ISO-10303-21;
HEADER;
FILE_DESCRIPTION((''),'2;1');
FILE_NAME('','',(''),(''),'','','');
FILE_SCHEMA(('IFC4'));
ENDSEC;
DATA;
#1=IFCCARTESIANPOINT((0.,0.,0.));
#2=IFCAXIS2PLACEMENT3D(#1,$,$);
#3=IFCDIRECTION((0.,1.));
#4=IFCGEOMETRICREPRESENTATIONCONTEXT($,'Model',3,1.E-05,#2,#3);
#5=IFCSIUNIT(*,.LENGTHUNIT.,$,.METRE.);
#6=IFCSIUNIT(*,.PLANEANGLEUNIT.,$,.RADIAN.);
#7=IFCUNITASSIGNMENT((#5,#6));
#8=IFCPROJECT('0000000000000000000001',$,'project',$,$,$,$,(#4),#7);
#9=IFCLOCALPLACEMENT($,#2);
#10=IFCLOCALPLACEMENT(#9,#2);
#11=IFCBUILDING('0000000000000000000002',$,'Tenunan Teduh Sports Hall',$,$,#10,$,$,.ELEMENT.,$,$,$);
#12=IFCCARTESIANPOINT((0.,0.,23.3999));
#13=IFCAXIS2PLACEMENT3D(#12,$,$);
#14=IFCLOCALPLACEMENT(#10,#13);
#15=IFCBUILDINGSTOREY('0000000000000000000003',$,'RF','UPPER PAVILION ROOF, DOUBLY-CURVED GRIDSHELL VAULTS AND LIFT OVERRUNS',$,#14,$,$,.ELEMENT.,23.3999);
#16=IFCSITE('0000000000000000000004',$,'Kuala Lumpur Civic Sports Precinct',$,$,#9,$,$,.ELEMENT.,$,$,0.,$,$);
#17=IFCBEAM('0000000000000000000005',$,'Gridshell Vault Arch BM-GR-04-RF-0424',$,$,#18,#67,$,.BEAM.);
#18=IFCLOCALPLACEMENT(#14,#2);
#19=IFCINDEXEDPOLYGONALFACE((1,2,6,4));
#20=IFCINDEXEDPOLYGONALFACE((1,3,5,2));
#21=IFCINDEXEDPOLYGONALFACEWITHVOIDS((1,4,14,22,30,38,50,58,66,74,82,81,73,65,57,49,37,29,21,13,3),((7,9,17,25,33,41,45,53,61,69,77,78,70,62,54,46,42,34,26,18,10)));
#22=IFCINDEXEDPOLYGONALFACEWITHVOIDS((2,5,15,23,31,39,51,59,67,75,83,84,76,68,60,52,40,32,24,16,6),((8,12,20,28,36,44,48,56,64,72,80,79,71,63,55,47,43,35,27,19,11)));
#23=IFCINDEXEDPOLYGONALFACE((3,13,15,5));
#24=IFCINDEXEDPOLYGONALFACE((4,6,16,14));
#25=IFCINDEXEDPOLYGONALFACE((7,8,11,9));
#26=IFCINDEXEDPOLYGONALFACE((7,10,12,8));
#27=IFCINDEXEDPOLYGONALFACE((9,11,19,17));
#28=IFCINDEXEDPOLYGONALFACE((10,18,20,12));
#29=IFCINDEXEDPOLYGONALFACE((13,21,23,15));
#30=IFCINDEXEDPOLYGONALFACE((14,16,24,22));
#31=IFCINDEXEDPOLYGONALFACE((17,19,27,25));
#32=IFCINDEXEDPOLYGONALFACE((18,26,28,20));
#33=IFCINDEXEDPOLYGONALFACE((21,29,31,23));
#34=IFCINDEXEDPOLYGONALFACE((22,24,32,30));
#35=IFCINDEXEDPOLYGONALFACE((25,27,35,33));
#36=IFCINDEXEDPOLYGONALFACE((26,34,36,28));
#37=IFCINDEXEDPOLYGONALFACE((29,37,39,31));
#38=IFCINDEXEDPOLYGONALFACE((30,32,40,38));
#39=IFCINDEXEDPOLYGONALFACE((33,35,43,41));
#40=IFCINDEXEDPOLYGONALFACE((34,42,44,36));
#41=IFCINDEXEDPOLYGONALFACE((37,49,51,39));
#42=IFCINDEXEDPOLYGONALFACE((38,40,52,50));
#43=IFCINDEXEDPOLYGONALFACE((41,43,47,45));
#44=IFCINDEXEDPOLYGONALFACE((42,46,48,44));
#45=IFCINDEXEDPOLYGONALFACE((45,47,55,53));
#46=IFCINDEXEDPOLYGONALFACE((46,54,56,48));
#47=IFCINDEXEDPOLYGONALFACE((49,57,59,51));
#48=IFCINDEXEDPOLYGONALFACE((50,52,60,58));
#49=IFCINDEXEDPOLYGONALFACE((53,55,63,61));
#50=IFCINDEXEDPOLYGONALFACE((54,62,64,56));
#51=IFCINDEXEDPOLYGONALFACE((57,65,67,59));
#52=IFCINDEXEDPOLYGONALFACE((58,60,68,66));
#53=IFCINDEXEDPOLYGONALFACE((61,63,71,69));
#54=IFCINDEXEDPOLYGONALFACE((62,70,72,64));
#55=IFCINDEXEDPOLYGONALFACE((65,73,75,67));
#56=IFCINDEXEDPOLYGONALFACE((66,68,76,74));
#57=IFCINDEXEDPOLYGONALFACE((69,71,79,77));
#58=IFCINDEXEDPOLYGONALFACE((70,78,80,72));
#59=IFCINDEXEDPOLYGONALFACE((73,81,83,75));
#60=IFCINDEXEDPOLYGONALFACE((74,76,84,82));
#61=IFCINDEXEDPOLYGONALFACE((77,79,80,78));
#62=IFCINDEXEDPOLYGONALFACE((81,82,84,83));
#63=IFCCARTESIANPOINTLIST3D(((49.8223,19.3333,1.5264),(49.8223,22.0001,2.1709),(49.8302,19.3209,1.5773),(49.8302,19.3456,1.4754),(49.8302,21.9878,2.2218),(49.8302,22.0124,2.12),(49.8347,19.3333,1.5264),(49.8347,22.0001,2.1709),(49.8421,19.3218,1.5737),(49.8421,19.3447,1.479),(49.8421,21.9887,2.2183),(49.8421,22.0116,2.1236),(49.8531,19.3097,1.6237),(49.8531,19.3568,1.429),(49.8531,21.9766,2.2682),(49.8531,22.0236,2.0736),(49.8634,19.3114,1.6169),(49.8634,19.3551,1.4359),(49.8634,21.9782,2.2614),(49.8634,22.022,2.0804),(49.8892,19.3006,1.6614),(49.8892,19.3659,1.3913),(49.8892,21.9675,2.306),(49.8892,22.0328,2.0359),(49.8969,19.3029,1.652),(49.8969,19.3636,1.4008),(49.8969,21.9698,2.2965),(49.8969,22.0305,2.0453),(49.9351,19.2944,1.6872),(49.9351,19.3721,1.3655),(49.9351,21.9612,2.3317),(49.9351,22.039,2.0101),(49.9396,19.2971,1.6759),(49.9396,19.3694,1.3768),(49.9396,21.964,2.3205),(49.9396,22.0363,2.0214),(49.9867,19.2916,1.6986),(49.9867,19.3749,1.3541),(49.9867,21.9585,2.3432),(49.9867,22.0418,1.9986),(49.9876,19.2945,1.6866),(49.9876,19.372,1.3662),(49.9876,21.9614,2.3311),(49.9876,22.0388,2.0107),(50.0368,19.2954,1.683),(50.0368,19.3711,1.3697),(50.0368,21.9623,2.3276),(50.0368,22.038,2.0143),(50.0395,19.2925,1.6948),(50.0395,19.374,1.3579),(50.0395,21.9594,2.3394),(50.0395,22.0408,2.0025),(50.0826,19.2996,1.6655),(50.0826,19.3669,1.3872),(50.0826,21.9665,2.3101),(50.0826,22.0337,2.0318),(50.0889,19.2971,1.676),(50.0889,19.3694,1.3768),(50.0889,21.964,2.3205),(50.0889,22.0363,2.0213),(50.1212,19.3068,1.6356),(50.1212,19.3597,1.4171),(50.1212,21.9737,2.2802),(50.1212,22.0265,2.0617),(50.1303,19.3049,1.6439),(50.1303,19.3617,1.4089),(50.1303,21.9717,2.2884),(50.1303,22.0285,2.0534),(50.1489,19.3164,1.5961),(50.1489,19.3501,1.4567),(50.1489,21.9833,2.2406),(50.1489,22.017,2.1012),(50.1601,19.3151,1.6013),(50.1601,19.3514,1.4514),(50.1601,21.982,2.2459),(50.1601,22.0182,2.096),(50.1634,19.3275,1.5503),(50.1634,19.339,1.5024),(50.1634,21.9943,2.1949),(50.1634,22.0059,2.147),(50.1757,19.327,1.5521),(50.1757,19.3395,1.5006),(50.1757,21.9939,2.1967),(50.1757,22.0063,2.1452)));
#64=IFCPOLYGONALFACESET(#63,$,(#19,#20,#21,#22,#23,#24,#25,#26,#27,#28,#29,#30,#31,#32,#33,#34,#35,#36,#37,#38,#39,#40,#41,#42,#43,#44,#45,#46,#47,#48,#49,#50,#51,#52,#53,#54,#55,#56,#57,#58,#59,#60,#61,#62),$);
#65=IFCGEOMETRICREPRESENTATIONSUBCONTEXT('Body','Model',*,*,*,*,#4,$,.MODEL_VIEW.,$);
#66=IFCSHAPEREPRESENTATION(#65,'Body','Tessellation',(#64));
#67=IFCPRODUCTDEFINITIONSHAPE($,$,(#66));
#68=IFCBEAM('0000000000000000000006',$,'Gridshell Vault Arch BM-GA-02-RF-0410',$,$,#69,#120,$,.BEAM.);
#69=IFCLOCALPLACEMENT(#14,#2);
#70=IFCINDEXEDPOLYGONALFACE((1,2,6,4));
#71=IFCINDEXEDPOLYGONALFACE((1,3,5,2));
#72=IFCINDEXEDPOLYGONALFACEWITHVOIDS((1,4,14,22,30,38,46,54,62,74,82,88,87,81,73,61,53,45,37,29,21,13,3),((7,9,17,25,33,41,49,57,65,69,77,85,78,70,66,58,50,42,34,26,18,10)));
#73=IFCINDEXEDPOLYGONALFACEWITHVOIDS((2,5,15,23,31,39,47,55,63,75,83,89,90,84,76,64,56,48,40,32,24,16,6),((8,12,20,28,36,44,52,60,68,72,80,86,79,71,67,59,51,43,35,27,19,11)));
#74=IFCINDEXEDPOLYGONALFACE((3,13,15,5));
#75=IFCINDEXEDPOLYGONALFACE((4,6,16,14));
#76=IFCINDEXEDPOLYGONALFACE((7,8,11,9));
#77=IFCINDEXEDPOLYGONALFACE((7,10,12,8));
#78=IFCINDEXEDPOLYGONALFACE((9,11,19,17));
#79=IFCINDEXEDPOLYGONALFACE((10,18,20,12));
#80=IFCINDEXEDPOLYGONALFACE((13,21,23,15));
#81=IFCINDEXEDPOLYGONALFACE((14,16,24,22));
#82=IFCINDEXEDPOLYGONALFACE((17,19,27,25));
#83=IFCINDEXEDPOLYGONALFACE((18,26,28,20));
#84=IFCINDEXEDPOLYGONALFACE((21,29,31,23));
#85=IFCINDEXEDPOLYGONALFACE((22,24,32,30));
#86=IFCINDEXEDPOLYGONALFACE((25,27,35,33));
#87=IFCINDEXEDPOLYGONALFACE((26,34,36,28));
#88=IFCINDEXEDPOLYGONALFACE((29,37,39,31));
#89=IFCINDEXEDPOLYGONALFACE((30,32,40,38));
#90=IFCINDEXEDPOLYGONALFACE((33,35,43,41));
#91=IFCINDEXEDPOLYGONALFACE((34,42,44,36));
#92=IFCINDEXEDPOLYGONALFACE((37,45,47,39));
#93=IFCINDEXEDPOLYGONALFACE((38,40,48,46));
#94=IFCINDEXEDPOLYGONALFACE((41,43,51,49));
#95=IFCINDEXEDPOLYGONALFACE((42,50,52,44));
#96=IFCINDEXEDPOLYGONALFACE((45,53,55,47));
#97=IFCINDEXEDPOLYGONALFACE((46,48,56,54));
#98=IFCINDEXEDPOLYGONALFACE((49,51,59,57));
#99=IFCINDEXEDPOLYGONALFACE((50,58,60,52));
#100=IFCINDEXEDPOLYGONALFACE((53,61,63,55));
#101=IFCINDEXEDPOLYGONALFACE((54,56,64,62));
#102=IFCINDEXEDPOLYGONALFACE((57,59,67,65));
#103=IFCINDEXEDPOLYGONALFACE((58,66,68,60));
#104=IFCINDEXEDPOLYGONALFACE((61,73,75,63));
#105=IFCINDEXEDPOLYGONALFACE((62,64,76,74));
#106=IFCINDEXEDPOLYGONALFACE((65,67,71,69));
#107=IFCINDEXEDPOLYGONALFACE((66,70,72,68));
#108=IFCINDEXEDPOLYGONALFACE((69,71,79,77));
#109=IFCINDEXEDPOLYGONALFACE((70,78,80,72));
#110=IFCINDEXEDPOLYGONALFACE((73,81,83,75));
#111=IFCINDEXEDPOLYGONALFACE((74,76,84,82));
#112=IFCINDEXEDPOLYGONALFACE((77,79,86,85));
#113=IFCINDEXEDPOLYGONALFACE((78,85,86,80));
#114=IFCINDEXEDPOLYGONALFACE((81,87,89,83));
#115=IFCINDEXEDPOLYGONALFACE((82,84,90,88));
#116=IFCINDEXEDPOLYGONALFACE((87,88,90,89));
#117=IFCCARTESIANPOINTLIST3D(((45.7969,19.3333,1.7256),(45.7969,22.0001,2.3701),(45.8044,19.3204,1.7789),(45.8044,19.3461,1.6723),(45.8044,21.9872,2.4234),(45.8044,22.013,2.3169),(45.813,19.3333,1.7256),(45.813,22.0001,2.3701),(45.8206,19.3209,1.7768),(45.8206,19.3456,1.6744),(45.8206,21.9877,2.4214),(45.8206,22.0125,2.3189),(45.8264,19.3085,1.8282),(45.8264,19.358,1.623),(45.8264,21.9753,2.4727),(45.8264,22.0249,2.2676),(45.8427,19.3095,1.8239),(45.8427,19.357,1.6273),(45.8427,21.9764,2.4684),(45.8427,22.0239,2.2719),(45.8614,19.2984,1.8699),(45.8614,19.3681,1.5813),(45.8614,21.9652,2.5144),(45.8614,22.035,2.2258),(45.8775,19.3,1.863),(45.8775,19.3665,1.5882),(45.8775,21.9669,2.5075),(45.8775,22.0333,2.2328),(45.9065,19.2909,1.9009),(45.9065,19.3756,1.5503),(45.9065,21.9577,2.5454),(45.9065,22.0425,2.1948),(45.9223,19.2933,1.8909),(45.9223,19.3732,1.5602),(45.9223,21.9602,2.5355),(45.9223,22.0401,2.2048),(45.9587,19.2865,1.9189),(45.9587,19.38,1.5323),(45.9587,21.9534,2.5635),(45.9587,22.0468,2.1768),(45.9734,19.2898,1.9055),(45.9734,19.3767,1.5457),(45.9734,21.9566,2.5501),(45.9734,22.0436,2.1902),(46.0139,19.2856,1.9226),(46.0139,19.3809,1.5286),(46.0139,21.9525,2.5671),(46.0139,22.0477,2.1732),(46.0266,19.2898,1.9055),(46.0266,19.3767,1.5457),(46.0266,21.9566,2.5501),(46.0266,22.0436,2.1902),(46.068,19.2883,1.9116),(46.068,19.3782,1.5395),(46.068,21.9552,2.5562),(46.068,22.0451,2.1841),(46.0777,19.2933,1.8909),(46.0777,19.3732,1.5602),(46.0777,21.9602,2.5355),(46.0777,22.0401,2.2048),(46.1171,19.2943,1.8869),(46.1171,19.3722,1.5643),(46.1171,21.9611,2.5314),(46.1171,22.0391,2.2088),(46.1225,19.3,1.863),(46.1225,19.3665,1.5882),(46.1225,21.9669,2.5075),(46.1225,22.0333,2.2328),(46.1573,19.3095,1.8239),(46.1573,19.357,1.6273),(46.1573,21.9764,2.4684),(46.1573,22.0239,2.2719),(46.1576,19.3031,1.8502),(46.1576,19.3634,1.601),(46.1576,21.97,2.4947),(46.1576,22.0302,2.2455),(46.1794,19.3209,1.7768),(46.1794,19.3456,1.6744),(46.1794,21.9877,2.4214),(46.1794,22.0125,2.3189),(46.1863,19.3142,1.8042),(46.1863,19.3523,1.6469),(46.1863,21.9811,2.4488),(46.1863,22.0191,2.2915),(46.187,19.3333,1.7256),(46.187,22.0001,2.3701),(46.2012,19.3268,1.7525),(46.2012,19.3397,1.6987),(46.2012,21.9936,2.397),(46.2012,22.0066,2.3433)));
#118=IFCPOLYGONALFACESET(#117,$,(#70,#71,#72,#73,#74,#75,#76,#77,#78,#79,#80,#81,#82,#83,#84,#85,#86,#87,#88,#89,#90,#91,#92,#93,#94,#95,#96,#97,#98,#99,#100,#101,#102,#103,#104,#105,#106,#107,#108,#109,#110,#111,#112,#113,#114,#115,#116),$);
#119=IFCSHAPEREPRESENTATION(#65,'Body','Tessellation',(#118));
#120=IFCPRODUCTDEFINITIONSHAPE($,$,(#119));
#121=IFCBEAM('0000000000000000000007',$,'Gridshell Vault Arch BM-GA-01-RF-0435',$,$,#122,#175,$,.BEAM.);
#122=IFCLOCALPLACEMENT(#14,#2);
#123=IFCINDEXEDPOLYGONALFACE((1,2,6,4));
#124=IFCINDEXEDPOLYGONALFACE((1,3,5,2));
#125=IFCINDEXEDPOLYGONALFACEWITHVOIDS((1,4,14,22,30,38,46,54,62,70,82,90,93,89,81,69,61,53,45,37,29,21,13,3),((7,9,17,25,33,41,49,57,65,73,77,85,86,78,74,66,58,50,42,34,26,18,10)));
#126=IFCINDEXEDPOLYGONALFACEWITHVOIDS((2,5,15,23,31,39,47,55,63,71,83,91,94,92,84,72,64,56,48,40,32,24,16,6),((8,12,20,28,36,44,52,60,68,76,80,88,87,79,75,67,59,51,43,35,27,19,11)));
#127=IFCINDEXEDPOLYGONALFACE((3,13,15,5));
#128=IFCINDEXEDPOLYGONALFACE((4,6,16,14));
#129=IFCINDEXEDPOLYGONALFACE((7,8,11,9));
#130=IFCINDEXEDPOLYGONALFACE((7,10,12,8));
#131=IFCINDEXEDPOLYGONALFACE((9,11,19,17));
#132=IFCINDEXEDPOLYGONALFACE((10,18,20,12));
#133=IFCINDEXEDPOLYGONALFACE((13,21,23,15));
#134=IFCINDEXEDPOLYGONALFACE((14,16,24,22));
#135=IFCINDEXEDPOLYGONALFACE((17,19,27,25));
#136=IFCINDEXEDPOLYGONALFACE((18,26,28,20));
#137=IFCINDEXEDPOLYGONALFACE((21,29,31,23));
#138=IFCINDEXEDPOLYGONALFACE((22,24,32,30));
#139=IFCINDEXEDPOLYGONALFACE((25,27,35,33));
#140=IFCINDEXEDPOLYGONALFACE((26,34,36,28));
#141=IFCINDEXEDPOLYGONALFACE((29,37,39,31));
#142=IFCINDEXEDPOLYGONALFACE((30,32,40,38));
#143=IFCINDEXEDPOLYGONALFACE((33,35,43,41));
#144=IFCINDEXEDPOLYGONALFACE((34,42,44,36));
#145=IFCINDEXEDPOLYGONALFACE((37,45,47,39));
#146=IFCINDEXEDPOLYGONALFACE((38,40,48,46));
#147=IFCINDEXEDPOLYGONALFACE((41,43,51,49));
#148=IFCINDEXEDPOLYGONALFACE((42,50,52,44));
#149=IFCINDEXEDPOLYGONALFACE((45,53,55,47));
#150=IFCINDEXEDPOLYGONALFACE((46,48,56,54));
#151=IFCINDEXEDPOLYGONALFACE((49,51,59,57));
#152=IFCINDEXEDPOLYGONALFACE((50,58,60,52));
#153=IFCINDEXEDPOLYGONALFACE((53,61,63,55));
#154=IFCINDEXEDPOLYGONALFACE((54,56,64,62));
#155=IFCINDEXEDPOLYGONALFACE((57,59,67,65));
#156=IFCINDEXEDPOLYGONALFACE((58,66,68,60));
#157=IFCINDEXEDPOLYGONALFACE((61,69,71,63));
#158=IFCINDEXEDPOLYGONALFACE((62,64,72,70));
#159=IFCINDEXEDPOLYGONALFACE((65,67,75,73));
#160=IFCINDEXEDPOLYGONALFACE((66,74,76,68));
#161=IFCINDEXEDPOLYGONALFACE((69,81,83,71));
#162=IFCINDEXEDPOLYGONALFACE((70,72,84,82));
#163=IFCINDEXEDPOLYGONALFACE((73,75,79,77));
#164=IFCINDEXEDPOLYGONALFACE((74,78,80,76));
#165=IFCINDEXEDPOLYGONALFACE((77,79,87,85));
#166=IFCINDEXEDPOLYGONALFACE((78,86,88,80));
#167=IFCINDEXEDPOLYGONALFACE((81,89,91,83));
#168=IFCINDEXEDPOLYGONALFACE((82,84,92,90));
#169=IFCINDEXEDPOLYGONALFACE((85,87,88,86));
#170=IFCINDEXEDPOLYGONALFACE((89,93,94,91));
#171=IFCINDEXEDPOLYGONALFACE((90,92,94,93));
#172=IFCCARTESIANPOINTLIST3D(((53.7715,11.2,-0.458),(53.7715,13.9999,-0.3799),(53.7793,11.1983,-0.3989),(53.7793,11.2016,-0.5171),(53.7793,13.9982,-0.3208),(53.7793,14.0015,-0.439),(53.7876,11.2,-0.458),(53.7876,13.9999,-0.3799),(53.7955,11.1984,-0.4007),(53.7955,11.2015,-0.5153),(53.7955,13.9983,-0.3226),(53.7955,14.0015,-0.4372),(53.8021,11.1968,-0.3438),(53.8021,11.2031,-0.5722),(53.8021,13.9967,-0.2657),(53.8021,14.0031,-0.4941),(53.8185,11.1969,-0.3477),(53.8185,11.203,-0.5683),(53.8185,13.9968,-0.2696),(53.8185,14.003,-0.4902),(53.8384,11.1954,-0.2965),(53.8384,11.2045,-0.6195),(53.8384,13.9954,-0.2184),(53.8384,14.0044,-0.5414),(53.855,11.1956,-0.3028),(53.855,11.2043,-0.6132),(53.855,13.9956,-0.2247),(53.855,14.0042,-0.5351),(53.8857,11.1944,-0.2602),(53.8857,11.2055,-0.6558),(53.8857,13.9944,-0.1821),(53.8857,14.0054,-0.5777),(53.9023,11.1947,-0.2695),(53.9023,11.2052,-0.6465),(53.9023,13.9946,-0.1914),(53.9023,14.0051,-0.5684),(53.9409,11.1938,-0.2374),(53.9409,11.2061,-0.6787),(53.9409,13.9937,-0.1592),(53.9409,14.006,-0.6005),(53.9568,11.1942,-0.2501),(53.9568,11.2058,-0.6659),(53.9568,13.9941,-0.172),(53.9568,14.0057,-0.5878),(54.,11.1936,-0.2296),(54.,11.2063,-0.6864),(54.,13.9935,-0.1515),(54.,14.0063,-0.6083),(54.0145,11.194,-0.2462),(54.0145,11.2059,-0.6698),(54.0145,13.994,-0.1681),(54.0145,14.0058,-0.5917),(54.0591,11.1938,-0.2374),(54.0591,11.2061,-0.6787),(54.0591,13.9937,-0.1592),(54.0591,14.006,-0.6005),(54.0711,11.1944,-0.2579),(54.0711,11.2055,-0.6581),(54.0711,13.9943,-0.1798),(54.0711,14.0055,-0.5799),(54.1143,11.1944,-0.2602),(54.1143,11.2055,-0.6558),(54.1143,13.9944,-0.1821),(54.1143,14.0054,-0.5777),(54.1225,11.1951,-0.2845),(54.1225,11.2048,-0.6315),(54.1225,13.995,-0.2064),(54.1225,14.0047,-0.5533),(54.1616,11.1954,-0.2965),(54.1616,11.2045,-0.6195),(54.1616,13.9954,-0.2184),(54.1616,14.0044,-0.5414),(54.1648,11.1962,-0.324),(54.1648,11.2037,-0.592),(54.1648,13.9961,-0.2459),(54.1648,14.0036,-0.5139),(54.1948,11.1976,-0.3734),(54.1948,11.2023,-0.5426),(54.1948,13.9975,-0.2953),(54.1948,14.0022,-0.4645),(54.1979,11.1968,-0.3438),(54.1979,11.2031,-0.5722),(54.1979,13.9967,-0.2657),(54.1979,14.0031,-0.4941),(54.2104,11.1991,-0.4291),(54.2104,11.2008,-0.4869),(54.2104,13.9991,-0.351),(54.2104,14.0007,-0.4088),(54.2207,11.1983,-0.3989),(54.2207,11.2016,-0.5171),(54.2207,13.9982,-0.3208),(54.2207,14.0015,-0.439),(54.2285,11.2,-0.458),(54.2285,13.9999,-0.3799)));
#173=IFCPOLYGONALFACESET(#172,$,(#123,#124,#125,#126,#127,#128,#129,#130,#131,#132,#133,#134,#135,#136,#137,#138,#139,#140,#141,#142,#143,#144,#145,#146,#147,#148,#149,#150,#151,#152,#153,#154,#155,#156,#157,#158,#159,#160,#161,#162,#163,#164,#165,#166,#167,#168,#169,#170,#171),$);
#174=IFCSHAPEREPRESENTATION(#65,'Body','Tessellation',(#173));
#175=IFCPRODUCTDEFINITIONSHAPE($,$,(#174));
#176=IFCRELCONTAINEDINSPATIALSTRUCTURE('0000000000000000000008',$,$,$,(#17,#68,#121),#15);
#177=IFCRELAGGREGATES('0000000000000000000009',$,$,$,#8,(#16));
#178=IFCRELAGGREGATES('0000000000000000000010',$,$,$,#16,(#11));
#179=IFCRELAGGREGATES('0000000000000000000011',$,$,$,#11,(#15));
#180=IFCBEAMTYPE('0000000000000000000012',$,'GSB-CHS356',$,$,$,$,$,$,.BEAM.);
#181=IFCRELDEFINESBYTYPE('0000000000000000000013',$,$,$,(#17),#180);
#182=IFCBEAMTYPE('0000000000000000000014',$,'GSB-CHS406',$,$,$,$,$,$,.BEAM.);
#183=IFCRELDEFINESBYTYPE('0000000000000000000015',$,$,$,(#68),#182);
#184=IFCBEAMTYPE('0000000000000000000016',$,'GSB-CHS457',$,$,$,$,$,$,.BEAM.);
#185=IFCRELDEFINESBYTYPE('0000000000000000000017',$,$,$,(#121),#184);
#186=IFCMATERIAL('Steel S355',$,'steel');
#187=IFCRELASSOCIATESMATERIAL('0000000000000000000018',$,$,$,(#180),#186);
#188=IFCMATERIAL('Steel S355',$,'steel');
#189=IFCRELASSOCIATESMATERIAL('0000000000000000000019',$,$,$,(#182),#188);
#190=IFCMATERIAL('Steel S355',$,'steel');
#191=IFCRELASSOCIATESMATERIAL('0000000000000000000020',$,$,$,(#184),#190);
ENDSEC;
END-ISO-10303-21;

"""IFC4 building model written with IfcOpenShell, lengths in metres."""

from ifc_helpers import new_model, si_unit, direction, frame, origin, origin_2d, place, context, subcontext, project, spatial, hollow_circle, extrude, material, material_profile, profile_set, type_object, element, save


model = new_model("IFC4")

# Units and contexts
model_context = context("Model", 3, precision=1e-05, world=origin(), true_north=direction((0.0, 1.0)))
body_context = subcontext(model_context, "Body", "Model", "MODEL_VIEW")
ifc_project = project(units=[si_unit("LENGTHUNIT", "METRE"), si_unit("PLANEANGLEUNIT", "RADIAN")], contexts=[model_context])

# Site, building, storey
site_placement = place(None, origin())
site = spatial("IfcSite", under=ifc_project, at=site_placement, Name="Kuala Lumpur Civic Sports Precinct", CompositionType="ELEMENT", RefElevation=0.0)
building_placement = place(site_placement, origin())
building = spatial("IfcBuilding", under=site, at=building_placement, Name="Tenunan Teduh Sports Hall", CompositionType="ELEMENT")
storey_placement = place(building_placement, frame((0.0, 0.0, 23.3999)))
storey = spatial("IfcBuildingStorey", under=building, at=storey_placement, Name="RF", Description="UPPER PAVILION ROOF, DOUBLY-CURVED GRIDSHELL VAULTS AND LIFT OVERRUNS", CompositionType="ELEMENT", Elevation=23.3999)

# Beams
ifc_material_1 = material(Name="Steel S355", Category="steel")
ifc_material_profile_1 = material_profile(ifc_material_1, hollow_circle(Radius=0.1777, WallThickness=0.0125, at=origin_2d()), Name="CHS 355.6x12.5")
ifc_profile_set_1 = profile_set([ifc_material_profile_1], Name="Steel S355")
beam_type_1 = type_object("IfcBeamType", Name="GSB-CHS356", PredefinedType="BEAM", material=ifc_profile_set_1)
beam_1_placement = place(storey_placement, frame((50.0, 19.3333, 1.5264), z_axis=(0.0, 0.972013, 0.234928), x_axis=(-1.0, 0.0, 0.0)))
element("IfcBeam", 1, at=beam_1_placement, inside=storey, type_object=beam_type_1, Name="Gridshell Vault Arch BM-GR-04-RF-0424", PredefinedType="BEAM", context=body_context, shape_type="SweptSolid", body=[
    extrude(hollow_circle(Radius=0.1777, WallThickness=0.0125, at=origin_2d()), origin(), (0.0, 0.0, 1.0), 2.7437),
])
ifc_material_2 = material(Name="Steel S355", Category="steel")
ifc_material_profile_2 = material_profile(ifc_material_2, hollow_circle(Radius=0.2031, WallThickness=0.0161, at=origin_2d()), Name="CHS 406.4x16.0")
ifc_profile_set_2 = profile_set([ifc_material_profile_2], Name="Steel S355")
beam_type_2 = type_object("IfcBeamType", Name="GSB-CHS406", PredefinedType="BEAM", material=ifc_profile_set_2)
beam_2_placement = place(storey_placement, frame((46.0, 19.3333, 1.7256), z_axis=(0.0, 0.972013, 0.234928), x_axis=(-1.0, 0.0, 0.0)))
element("IfcBeam", 2, at=beam_2_placement, inside=storey, type_object=beam_type_2, Name="Gridshell Vault Arch BM-GA-02-RF-0410", PredefinedType="BEAM", context=body_context, shape_type="SweptSolid", body=[
    extrude(hollow_circle(Radius=0.2031, WallThickness=0.0161, at=origin_2d()), origin(), (0.0, 0.0, 1.0), 2.7437),
])
ifc_material_3 = material(Name="Steel S355", Category="steel")
ifc_material_profile_3 = material_profile(ifc_material_3, hollow_circle(Radius=0.2285, WallThickness=0.0161, at=origin_2d()), Name="CHS 457.0x16.0")
ifc_profile_set_3 = profile_set([ifc_material_profile_3], Name="Steel S355")
beam_type_3 = type_object("IfcBeamType", Name="GSB-CHS457", PredefinedType="BEAM", material=ifc_profile_set_3)
beam_3_placement = place(storey_placement, frame((54.0, 11.2, -0.458), z_axis=(0.0, 0.999611, 0.02789), x_axis=(-1.0, 0.0, 0.0)))
element("IfcBeam", 3, at=beam_3_placement, inside=storey, type_object=beam_type_3, Name="Gridshell Vault Arch BM-GA-01-RF-0435", PredefinedType="BEAM", context=body_context, shape_type="SweptSolid", body=[
    extrude(hollow_circle(Radius=0.2285, WallThickness=0.0161, at=origin_2d()), origin(), (0.0, 0.0, 1.0), 2.801),
])

save(model, "model.ifc")
